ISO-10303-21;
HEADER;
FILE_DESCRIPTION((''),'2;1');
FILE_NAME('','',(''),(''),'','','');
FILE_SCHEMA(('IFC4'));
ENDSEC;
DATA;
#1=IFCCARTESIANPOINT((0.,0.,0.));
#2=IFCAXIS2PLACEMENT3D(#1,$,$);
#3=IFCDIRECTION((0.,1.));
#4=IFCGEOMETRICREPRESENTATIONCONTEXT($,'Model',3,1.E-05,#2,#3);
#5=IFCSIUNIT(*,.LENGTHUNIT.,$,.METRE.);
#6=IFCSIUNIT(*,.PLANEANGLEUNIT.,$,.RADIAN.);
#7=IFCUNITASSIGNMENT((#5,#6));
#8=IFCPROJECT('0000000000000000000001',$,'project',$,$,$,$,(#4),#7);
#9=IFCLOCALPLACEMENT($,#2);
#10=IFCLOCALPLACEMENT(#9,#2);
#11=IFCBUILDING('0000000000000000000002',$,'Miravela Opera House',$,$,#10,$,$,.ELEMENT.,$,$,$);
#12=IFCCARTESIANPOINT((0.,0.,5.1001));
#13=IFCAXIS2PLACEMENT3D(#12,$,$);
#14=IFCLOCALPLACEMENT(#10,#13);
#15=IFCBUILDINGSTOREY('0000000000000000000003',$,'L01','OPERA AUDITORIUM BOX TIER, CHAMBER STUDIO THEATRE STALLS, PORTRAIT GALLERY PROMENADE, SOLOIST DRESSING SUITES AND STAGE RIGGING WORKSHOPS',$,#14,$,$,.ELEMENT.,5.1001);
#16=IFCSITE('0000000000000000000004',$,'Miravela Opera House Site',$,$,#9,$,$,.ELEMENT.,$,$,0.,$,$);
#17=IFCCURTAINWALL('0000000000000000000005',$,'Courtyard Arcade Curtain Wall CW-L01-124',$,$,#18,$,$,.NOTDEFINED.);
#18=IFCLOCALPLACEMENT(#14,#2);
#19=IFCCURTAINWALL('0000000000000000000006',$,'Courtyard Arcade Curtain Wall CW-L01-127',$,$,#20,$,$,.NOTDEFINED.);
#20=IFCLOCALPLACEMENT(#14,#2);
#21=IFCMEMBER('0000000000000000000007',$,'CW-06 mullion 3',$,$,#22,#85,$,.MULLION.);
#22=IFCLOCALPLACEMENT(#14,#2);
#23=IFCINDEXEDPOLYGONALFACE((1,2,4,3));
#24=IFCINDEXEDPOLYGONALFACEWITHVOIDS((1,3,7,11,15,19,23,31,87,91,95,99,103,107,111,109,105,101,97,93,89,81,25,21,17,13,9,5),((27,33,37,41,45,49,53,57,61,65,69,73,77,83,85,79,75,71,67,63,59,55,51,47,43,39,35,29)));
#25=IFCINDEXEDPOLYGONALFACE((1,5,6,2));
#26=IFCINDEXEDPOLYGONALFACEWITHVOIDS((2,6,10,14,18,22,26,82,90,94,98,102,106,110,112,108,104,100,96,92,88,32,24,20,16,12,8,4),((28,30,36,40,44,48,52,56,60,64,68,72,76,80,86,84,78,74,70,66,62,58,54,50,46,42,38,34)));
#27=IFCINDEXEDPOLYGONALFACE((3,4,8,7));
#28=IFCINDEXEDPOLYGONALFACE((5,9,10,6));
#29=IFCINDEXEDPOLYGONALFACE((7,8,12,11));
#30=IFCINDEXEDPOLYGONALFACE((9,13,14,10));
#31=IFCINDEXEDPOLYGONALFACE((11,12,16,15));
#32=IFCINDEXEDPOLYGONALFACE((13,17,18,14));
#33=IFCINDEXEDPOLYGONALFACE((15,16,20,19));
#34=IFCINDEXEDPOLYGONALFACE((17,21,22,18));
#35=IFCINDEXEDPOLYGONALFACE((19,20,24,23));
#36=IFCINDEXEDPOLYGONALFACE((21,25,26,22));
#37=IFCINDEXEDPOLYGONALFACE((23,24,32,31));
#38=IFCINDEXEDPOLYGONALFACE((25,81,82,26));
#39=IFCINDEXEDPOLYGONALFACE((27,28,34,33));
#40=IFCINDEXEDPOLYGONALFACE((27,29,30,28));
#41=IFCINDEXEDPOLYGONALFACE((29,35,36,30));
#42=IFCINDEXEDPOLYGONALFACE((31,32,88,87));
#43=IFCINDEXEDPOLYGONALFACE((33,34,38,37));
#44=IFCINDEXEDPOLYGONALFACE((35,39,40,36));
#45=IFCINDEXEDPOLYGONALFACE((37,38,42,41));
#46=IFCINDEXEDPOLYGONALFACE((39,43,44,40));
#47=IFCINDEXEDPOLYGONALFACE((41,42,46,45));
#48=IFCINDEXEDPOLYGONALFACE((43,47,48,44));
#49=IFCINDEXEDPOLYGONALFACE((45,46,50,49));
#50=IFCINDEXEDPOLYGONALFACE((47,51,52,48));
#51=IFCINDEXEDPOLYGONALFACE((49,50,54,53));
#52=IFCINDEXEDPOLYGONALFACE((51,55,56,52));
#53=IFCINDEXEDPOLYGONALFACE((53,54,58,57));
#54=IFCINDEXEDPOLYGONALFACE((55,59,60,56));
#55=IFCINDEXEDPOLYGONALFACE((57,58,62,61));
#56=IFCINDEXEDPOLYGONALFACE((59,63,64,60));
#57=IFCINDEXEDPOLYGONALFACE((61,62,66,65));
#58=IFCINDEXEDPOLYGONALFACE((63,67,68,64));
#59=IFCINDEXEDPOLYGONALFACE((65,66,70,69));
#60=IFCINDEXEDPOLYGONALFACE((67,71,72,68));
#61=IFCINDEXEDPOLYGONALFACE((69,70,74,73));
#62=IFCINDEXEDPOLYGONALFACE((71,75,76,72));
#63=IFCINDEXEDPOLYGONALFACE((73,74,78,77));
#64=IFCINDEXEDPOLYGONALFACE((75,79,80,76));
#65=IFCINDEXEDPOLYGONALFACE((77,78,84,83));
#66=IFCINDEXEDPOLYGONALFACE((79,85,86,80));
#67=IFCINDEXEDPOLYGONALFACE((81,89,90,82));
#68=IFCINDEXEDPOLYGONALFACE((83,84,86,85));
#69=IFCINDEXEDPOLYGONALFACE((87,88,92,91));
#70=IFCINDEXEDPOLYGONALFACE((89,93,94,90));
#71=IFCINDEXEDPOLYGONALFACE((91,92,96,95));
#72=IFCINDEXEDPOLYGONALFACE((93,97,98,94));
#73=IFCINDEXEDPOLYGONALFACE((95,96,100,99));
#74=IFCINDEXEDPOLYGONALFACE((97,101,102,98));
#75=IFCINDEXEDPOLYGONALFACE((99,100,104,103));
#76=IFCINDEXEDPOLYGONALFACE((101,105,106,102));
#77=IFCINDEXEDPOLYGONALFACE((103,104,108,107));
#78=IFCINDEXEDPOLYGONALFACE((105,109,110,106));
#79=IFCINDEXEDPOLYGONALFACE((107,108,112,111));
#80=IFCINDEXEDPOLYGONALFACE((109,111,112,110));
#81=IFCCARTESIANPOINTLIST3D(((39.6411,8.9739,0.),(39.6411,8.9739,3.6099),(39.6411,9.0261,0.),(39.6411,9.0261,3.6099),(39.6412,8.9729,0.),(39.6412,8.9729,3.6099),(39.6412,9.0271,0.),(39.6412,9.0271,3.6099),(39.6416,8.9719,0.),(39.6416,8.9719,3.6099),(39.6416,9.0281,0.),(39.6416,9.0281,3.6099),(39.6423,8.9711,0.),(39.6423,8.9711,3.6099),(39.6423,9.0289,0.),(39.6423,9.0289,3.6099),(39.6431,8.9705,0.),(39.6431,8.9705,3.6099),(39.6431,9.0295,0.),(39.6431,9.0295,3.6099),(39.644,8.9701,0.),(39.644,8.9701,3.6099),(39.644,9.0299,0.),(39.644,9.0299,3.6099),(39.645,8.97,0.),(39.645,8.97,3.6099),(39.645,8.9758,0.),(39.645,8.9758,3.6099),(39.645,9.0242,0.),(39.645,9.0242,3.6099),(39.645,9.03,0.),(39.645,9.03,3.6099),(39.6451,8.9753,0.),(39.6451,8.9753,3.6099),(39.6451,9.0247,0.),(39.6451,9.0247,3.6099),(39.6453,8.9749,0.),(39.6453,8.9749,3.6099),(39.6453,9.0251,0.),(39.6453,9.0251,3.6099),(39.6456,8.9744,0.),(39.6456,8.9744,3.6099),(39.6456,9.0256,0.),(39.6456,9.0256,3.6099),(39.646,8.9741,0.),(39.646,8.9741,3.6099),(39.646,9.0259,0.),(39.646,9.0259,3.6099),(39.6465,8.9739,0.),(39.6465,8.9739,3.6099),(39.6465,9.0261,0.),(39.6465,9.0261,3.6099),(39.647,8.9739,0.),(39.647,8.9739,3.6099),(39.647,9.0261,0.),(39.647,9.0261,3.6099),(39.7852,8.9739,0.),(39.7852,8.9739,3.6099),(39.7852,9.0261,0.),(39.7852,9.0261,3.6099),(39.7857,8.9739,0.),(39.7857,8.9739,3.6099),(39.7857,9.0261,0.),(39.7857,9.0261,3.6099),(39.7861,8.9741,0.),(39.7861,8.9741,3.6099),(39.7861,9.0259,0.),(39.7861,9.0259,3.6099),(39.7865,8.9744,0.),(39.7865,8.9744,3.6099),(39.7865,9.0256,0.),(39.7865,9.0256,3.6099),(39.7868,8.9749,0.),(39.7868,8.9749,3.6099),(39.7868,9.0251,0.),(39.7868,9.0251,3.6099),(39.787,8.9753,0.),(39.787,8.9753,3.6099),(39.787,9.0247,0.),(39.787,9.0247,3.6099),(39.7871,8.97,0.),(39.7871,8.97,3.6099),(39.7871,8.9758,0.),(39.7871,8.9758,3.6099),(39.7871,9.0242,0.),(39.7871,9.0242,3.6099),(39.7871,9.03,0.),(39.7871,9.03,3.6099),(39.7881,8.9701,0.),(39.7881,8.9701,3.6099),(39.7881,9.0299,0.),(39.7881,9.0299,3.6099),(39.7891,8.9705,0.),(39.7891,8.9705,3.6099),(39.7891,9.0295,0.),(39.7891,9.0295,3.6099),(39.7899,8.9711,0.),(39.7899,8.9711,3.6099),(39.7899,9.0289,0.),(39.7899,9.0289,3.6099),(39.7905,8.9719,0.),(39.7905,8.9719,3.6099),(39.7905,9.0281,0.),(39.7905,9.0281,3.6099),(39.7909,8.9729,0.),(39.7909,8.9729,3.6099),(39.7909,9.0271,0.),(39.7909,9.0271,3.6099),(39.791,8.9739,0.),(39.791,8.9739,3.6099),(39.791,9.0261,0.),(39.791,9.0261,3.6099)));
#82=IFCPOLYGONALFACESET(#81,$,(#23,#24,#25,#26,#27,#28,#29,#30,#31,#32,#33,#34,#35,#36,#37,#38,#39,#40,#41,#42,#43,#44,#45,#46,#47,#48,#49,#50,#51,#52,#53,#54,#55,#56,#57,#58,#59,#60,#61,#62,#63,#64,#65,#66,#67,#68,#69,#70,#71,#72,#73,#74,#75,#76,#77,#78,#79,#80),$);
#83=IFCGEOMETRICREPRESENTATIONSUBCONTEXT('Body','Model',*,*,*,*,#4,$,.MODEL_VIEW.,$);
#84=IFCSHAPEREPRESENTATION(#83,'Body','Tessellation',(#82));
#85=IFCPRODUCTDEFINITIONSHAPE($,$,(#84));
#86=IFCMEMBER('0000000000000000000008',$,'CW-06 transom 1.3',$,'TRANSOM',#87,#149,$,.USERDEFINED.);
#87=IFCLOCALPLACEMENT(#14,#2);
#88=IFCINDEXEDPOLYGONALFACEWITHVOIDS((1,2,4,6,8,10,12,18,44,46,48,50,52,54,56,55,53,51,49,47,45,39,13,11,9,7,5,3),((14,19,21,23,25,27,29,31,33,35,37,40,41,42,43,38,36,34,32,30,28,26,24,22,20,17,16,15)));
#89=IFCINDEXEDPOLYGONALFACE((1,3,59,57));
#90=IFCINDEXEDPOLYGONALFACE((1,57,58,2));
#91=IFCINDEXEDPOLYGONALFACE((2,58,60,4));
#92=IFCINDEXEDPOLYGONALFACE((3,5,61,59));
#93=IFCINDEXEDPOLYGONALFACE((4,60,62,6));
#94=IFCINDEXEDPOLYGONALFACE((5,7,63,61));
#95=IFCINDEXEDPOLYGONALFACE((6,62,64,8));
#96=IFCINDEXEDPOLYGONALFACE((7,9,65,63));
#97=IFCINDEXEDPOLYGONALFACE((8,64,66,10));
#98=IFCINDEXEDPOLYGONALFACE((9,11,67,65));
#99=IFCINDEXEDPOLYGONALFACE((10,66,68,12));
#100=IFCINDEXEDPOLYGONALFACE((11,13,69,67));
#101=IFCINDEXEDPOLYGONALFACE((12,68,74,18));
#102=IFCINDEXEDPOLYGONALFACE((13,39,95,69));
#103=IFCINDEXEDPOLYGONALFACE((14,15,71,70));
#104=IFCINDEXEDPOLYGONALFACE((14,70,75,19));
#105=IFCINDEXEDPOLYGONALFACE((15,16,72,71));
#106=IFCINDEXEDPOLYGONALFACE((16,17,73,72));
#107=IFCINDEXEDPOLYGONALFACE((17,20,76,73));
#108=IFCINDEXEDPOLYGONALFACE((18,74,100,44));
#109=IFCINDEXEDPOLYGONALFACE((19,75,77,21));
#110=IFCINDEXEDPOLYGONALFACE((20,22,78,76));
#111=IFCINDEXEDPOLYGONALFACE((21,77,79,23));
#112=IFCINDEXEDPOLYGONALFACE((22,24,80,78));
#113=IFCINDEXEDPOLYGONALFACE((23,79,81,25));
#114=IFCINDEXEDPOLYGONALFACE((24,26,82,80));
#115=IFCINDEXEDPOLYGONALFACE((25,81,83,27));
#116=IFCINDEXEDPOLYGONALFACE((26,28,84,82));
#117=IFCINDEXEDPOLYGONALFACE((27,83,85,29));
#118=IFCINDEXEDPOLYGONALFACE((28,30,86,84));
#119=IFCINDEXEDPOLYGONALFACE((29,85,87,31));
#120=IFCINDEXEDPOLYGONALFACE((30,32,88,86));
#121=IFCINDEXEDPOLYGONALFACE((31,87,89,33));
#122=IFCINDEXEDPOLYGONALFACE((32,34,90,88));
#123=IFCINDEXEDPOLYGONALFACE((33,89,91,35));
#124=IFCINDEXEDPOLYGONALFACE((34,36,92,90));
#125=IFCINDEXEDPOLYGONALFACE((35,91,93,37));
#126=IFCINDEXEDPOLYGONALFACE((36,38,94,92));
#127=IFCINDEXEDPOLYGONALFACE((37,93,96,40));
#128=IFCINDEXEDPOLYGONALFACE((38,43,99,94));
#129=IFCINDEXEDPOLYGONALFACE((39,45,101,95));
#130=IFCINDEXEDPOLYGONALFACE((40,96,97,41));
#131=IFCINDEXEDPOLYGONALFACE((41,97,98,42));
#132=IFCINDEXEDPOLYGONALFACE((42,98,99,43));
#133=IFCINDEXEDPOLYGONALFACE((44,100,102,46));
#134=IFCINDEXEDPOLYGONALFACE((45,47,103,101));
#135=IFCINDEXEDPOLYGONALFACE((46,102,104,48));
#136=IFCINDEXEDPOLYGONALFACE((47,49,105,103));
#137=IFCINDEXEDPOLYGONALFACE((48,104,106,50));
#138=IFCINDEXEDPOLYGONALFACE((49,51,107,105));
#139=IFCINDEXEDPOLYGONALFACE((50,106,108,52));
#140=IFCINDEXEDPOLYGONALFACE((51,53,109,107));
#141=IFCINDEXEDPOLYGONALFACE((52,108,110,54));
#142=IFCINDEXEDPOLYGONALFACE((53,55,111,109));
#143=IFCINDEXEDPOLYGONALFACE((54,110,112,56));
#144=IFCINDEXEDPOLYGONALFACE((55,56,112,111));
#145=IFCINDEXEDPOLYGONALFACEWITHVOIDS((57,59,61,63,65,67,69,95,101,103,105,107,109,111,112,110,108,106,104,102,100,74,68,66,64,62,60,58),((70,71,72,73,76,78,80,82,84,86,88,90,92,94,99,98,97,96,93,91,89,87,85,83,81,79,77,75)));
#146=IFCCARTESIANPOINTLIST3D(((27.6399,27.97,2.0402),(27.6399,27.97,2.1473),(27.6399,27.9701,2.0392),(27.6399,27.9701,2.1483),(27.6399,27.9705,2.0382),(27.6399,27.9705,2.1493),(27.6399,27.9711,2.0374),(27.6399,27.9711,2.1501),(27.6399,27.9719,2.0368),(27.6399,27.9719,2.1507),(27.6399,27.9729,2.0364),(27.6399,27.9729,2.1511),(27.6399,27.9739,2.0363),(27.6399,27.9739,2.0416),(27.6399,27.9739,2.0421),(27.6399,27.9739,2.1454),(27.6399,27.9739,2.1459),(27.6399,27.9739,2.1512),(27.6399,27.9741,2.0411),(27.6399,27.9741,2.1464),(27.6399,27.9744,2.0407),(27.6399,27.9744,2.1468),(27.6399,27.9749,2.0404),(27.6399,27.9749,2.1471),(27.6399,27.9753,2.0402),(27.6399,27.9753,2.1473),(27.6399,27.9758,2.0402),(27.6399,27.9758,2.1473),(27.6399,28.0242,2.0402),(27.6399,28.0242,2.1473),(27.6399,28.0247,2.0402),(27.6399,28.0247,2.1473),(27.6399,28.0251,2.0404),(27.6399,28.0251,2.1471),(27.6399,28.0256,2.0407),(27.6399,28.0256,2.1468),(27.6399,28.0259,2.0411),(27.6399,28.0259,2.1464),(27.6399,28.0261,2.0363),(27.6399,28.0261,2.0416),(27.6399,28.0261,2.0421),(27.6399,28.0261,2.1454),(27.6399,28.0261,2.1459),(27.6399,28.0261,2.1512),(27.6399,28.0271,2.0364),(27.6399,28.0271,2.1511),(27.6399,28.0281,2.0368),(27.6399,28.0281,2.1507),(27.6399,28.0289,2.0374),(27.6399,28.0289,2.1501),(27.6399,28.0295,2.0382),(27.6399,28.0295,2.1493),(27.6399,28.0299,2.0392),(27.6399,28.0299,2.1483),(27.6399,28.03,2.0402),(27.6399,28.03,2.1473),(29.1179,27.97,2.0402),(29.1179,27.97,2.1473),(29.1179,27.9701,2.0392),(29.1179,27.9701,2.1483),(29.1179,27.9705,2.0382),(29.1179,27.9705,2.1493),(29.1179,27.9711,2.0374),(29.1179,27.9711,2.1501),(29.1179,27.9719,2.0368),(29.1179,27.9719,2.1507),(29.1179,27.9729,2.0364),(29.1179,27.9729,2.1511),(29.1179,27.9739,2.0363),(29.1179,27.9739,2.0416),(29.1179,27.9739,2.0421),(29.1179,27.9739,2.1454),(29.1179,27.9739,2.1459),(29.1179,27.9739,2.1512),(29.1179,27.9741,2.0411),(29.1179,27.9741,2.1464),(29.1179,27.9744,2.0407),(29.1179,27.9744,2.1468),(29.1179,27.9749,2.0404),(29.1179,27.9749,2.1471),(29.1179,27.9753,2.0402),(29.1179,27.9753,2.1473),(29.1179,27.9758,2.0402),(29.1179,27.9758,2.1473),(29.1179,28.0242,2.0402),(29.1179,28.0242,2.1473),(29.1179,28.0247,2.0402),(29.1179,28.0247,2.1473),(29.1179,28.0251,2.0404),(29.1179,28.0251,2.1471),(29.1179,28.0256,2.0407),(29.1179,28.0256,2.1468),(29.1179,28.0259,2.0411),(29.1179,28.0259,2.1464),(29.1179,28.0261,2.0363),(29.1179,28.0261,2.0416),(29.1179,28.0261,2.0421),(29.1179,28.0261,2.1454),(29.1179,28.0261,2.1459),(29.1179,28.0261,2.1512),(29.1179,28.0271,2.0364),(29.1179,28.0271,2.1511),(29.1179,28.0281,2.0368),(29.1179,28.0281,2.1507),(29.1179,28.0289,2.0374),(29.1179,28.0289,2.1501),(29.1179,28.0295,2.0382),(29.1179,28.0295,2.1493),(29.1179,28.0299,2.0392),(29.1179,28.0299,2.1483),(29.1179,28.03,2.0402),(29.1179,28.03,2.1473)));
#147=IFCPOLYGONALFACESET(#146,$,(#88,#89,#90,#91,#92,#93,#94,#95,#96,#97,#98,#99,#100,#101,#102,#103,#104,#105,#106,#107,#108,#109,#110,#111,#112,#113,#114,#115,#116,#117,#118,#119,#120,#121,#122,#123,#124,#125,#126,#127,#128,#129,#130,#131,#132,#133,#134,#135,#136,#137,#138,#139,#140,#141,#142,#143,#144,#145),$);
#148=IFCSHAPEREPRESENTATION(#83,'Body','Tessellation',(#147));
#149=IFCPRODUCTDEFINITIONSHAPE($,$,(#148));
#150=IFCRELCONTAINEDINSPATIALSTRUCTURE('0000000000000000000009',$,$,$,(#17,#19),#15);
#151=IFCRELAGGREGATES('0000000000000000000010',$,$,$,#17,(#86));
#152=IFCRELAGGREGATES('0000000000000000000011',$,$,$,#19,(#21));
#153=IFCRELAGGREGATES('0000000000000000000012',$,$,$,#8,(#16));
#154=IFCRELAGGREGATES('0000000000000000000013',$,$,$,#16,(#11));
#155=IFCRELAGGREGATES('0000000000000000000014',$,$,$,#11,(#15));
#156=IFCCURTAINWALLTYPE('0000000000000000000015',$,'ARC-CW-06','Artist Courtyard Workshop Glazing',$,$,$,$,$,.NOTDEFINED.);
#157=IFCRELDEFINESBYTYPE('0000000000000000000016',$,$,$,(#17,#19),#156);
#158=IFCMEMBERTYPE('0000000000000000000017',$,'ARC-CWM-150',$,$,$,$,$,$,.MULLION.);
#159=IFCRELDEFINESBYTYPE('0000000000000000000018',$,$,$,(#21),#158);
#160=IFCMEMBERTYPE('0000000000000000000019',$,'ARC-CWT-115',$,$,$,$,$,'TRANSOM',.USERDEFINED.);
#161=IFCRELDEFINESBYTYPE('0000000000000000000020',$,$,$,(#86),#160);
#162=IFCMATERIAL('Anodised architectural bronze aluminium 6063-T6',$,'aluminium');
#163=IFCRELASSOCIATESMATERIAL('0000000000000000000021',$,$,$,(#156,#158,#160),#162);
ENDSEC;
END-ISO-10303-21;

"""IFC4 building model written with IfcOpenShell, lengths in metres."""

from ifc_helpers import new_model, si_unit, direction, frame, origin, origin_2d, place, context, subcontext, project, spatial, hollow_rectangle, extrude, material, material_profile, profile_set, type_object, element, aggregate, save


model = new_model("IFC4")

# Units and contexts
model_context = context("Model", 3, precision=1e-05, world=origin(), true_north=direction((0.0, 1.0)))
body_context = subcontext(model_context, "Body", "Model", "MODEL_VIEW")
ifc_project = project(units=[si_unit("LENGTHUNIT", "METRE"), si_unit("PLANEANGLEUNIT", "RADIAN")], contexts=[model_context])

# Site, building, storey
site_placement = place(None, origin())
site = spatial("IfcSite", under=ifc_project, at=site_placement, Name="Miravela Opera House Site", CompositionType="ELEMENT", RefElevation=0.0)
building_placement = place(site_placement, origin())
building = spatial("IfcBuilding", under=site, at=building_placement, Name="Miravela Opera House", CompositionType="ELEMENT")
storey_placement = place(building_placement, frame((0.0, 0.0, 5.1001)))
storey = spatial("IfcBuildingStorey", under=building, at=storey_placement, Name="L01", Description="OPERA AUDITORIUM BOX TIER, CHAMBER STUDIO THEATRE STALLS, PORTRAIT GALLERY PROMENADE, SOLOIST DRESSING SUITES AND STAGE RIGGING WORKSHOPS", CompositionType="ELEMENT", Elevation=5.1001)

# Curtain wall
ifc_material_1 = material(Name="Anodised architectural bronze aluminium 6063-T6", Category="aluminium")
curtain_wall_type = type_object("IfcCurtainWallType", Name="ARC-CW-06", Description="Artist Courtyard Workshop Glazing", PredefinedType="NOTDEFINED", material=ifc_material_1)
curtain_wall_1_placement = place(storey_placement, origin())
curtain_wall_1 = element("IfcCurtainWall", 1, at=curtain_wall_1_placement, inside=storey, type_object=curtain_wall_type, Name="Courtyard Arcade Curtain Wall CW-L01-124", PredefinedType="NOTDEFINED")
ifc_material_profile_1 = material_profile(ifc_material_1, hollow_rectangle(XDim=0.0601, YDim=0.1499, WallThickness=0.0039, InnerFilletRadius=0.002, OuterFilletRadius=0.0039, at=origin_2d()), Name="CWM-60X150")
ifc_profile_set_1 = profile_set([ifc_material_profile_1])
member_type_1 = type_object("IfcMemberType", Name="ARC-CWM-150", PredefinedType="MULLION", material=ifc_profile_set_1)

# Curtain wall, member
curtain_wall_2_placement = place(storey_placement, origin())
curtain_wall_2 = element("IfcCurtainWall", 2, at=curtain_wall_2_placement, inside=storey, type_object=curtain_wall_type, Name="Courtyard Arcade Curtain Wall CW-L01-127", PredefinedType="NOTDEFINED")
member_1_placement = place(storey_placement, frame((39.7161, 9.0, 0.0), z_axis=(0.0, 0.0, 1.0), x_axis=(0.0, 1.0, 0.0)))
member_1 = element("IfcMember", 3, at=member_1_placement, type_object=member_type_1, Name="CW-06 mullion 3", PredefinedType="MULLION", context=body_context, shape_type="SweptSolid", body=[
    extrude(hollow_rectangle(XDim=0.0601, YDim=0.1499, WallThickness=0.0039, InnerFilletRadius=0.002, OuterFilletRadius=0.0039, at=origin_2d()), origin(), (0.0, 0.0, 1.0), 3.6099),
])

# Member
ifc_material_profile_2 = material_profile(ifc_material_1, hollow_rectangle(XDim=0.0601, YDim=0.115, WallThickness=0.0039, InnerFilletRadius=0.002, OuterFilletRadius=0.0039, at=origin_2d()), Name="CWT-60X115")
ifc_profile_set_2 = profile_set([ifc_material_profile_2])
member_type_2 = type_object("IfcMemberType", Name="ARC-CWT-115", ElementType="TRANSOM", PredefinedType="USERDEFINED", material=ifc_profile_set_2)
member_2_placement = place(storey_placement, frame((27.6399, 28.0, 2.0938), z_axis=(1.0, 0.0, 0.0), x_axis=(0.0, 1.0, 0.0)))
member_2 = element("IfcMember", 4, at=member_2_placement, type_object=member_type_2, Name="CW-06 transom 1.3", ObjectType="TRANSOM", PredefinedType="USERDEFINED", context=body_context, shape_type="SweptSolid", body=[
    extrude(hollow_rectangle(XDim=0.0601, YDim=0.115, WallThickness=0.0039, InnerFilletRadius=0.002, OuterFilletRadius=0.0039, at=origin_2d()), origin(), (0.0, 0.0, 1.0), 1.478),
])

aggregate(curtain_wall_1, [member_2])
aggregate(curtain_wall_2, [member_1])

save(model, "model.ifc")
